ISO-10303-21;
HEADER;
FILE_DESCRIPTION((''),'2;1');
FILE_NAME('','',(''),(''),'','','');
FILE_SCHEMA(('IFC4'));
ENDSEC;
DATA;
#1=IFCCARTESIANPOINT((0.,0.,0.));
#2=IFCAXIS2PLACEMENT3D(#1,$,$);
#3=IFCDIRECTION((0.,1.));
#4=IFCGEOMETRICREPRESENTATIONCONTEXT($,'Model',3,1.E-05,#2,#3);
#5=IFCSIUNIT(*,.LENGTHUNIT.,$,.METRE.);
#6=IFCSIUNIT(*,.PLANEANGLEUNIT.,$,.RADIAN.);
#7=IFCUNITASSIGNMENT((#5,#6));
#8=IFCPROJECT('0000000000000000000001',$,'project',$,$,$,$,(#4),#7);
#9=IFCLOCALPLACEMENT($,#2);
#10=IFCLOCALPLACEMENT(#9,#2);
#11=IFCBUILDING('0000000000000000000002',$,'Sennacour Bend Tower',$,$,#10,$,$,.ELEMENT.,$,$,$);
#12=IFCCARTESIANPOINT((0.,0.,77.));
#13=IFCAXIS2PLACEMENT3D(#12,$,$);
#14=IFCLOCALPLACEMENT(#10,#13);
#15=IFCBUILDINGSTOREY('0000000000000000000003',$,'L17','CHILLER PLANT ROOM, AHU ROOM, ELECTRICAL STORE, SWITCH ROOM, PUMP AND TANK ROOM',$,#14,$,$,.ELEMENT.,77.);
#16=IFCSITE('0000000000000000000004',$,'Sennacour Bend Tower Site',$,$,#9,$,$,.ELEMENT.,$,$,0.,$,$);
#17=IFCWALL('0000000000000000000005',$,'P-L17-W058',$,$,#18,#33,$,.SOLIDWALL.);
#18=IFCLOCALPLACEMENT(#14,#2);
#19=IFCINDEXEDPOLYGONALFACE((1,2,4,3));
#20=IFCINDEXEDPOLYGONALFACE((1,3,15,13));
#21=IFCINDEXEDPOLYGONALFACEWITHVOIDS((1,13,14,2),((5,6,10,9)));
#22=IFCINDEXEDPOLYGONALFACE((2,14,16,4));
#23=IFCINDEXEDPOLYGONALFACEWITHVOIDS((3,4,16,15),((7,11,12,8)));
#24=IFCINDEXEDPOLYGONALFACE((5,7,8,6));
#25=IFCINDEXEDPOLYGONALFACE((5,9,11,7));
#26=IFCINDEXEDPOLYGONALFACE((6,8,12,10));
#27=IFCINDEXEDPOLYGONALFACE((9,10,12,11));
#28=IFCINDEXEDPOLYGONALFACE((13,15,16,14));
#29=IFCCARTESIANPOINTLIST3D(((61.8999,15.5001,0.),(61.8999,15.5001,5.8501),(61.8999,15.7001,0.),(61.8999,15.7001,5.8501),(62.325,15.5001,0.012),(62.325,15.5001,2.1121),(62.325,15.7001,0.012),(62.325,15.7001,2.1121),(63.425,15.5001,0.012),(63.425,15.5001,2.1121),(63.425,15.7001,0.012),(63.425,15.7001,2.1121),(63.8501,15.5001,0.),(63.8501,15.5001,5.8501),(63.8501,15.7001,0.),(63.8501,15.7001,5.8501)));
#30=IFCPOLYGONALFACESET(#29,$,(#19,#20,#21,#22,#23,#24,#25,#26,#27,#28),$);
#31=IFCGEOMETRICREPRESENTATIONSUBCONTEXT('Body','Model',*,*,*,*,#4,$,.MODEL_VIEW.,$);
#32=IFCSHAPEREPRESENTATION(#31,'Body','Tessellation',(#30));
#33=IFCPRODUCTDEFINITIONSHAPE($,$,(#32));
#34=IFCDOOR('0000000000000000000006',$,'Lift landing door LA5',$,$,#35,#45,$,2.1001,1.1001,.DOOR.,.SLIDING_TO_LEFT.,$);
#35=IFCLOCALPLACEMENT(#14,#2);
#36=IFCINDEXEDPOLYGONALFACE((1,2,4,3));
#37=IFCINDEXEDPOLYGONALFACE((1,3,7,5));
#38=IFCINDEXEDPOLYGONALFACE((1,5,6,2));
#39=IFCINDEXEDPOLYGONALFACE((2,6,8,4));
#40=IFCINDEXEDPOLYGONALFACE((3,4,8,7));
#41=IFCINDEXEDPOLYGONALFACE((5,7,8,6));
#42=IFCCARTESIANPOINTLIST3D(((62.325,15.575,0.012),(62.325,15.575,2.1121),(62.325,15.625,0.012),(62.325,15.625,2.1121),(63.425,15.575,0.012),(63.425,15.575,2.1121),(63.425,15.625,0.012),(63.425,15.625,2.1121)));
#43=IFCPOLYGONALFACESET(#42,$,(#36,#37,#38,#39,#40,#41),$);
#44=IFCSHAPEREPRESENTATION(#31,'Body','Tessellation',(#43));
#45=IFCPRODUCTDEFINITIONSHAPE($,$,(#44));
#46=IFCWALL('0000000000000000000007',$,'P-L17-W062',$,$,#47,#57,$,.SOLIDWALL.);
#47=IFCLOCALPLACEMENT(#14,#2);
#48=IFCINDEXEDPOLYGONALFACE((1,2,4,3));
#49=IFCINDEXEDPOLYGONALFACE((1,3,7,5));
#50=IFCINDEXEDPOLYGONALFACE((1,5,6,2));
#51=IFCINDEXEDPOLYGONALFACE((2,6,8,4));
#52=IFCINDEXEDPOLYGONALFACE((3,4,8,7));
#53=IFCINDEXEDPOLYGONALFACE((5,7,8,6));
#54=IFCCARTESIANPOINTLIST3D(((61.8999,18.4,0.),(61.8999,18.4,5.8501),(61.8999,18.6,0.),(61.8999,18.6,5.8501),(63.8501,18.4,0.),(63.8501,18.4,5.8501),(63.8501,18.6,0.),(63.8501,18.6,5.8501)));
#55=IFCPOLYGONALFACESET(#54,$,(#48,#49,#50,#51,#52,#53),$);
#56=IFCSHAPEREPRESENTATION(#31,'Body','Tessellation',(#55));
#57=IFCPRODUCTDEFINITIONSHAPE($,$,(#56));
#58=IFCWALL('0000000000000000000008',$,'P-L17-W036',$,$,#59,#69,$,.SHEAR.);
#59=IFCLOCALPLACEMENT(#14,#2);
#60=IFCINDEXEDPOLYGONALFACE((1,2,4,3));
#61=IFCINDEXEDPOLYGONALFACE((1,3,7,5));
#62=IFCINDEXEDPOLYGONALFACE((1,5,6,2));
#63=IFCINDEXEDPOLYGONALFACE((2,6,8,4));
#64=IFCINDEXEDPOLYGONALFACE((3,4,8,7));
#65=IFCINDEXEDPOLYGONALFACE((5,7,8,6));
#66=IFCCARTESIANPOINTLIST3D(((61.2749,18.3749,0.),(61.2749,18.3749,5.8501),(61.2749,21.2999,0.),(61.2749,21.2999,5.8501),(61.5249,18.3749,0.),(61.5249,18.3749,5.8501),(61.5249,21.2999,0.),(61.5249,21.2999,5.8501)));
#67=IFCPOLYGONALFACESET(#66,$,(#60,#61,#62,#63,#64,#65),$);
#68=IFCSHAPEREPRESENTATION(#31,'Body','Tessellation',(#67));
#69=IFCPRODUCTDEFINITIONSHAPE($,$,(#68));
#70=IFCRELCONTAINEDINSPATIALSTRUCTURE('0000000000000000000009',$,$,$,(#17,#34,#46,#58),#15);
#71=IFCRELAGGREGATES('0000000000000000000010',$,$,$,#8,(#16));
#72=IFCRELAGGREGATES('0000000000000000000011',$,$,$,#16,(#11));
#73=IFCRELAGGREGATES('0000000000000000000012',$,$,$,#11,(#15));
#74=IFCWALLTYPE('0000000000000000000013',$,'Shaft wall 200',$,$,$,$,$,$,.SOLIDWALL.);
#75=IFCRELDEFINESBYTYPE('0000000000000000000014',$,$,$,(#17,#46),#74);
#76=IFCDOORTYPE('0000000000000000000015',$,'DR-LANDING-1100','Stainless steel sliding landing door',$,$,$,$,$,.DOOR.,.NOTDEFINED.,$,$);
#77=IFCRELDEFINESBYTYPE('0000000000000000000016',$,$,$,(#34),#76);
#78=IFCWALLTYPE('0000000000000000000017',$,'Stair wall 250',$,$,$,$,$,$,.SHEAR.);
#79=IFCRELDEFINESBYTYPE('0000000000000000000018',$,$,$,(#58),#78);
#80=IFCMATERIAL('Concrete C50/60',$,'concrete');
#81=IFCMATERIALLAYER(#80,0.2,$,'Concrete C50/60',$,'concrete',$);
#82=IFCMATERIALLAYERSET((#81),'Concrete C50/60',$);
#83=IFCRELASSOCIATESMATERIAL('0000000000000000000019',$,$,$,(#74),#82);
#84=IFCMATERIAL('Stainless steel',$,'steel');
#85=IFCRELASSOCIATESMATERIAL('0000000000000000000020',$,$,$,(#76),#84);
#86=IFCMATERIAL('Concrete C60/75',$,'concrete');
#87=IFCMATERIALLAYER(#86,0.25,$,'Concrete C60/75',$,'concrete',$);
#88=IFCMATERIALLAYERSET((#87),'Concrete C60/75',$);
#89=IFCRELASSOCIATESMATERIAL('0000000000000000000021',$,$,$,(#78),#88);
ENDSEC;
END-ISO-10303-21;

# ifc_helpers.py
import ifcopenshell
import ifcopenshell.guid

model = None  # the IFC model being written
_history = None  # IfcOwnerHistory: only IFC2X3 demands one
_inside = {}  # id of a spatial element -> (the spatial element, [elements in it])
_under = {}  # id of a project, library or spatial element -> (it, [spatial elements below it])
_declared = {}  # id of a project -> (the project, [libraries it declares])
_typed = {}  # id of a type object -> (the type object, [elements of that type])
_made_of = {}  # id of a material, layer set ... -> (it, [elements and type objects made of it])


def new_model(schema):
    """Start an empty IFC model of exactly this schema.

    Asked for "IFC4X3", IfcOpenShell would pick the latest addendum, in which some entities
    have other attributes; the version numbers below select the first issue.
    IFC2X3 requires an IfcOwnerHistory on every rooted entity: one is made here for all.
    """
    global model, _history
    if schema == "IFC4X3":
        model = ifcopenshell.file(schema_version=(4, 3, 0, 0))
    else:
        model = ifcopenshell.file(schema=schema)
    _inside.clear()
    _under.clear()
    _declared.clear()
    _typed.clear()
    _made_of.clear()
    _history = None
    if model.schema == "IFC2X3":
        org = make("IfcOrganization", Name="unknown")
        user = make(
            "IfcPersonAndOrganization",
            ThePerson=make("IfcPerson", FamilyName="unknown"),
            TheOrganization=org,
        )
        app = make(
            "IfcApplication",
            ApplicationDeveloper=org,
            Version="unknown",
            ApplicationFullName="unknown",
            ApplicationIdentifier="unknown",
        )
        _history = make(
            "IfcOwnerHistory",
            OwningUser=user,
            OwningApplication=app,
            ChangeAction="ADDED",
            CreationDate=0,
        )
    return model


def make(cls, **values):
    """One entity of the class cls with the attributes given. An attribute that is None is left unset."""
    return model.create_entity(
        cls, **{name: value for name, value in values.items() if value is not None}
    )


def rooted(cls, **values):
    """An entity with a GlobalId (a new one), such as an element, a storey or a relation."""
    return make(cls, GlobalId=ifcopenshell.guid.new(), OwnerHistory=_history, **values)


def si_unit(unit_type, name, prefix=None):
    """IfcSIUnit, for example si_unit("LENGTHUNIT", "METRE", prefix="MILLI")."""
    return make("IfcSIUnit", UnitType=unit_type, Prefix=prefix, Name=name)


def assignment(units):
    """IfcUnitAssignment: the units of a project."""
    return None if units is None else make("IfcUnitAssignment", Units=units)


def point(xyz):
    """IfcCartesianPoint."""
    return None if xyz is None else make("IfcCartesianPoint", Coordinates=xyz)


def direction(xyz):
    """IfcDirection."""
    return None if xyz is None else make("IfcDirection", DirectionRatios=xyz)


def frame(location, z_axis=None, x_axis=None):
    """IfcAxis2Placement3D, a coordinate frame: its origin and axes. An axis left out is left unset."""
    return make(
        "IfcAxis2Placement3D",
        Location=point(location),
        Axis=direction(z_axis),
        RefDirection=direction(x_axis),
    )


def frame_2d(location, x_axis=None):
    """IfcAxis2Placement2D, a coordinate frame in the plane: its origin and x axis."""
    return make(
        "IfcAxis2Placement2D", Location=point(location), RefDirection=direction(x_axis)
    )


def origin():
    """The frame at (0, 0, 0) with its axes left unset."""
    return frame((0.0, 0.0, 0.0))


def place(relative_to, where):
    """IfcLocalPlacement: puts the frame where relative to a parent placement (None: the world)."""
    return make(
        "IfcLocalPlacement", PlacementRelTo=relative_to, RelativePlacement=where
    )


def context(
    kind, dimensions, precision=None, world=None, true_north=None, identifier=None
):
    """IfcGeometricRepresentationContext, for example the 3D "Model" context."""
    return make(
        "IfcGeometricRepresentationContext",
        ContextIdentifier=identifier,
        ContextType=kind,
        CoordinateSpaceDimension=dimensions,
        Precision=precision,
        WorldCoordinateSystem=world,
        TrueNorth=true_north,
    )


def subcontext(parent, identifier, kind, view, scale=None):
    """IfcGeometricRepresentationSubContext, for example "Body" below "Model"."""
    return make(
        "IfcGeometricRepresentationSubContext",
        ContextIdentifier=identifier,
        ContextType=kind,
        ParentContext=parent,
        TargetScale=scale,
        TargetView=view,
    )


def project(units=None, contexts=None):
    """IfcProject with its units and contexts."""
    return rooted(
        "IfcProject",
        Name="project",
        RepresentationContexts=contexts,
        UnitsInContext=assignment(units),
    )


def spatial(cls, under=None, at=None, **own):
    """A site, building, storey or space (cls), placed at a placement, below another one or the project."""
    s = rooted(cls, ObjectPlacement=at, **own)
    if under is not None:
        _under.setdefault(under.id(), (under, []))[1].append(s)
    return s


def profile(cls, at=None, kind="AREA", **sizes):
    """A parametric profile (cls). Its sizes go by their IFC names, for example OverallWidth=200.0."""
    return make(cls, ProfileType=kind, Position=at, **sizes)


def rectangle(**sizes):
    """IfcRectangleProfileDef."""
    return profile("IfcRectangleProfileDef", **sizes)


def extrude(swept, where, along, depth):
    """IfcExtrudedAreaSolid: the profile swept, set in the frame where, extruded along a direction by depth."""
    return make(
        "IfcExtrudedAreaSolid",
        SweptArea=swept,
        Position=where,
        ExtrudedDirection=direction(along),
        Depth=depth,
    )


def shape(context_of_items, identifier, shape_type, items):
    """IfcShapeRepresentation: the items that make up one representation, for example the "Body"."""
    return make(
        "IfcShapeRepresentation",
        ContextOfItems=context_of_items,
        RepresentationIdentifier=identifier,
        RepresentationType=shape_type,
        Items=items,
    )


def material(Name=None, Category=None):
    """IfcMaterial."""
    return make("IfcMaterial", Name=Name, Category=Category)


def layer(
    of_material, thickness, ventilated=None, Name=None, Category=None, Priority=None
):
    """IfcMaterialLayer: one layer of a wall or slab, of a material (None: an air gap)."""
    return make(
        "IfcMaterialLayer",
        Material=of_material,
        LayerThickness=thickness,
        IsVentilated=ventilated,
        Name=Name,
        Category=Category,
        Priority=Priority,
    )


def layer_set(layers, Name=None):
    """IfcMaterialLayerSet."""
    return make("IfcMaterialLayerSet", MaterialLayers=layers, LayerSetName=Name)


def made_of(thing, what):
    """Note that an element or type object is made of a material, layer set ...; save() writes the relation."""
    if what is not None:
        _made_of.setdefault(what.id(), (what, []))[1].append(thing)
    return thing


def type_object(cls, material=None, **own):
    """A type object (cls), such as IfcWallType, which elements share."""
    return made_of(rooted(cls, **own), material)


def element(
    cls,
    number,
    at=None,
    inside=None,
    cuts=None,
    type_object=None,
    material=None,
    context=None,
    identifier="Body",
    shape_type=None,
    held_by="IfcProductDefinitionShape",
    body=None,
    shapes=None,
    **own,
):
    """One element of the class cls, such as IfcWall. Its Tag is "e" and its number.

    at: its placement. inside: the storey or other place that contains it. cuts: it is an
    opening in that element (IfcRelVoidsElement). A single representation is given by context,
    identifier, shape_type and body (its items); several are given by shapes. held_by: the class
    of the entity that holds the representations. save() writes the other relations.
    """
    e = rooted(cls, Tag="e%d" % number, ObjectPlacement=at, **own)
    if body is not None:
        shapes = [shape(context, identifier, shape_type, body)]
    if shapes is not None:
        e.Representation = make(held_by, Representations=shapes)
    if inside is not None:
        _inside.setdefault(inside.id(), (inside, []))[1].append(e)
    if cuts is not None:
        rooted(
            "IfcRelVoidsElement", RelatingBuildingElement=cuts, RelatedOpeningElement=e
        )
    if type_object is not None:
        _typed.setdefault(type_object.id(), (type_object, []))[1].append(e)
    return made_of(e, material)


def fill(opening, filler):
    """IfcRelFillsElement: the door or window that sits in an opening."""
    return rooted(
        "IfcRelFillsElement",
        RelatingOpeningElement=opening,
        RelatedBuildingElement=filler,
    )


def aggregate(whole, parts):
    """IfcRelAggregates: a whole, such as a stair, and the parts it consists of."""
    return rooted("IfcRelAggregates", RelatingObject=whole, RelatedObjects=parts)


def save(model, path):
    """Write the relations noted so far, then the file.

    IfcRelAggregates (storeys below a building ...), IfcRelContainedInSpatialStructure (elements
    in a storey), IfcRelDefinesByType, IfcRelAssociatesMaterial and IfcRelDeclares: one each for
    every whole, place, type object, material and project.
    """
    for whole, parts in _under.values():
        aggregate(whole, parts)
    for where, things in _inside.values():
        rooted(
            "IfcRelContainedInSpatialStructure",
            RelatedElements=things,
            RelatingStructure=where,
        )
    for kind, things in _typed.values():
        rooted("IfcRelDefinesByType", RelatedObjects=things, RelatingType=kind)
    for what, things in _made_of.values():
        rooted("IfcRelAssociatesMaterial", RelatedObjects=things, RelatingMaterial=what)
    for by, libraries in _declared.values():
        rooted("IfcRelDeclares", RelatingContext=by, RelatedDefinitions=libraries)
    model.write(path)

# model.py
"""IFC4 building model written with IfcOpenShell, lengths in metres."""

from ifc_helpers import new_model, si_unit, direction, frame, frame_2d, origin, place, context, subcontext, project, spatial, rectangle, extrude, material, layer, layer_set, type_object, element, fill, save


model = new_model("IFC4")

# Units and contexts
model_context = context("Model", 3, precision=1e-05, world=origin(), true_north=direction((0.0, 1.0)))
body_context = subcontext(model_context, "Body", "Model", "MODEL_VIEW")
ifc_project = project(units=[si_unit("LENGTHUNIT", "METRE"), si_unit("PLANEANGLEUNIT", "RADIAN")], contexts=[model_context])

# Site, building, storey
site_placement = place(None, origin())
site = spatial("IfcSite", under=ifc_project, at=site_placement, Name="Sennacour Bend Tower Site", CompositionType="ELEMENT", RefElevation=0.0)
building_placement = place(site_placement, origin())
building = spatial("IfcBuilding", under=site, at=building_placement, Name="Sennacour Bend Tower", CompositionType="ELEMENT")
storey_placement = place(building_placement, frame((0.0, 0.0, 77.0)))
storey = spatial("IfcBuildingStorey", under=building, at=storey_placement, Name="L17", Description="CHILLER PLANT ROOM, AHU ROOM, ELECTRICAL STORE, SWITCH ROOM, PUMP AND TANK ROOM", CompositionType="ELEMENT", Elevation=77.0)

# Shared definitions
ifc_material_1 = material(Name="Concrete C50/60", Category="concrete")
ifc_layer_1 = layer(ifc_material_1, 0.2, Name="Concrete C50/60", Category="concrete")
ifc_layer_set_1 = layer_set([ifc_layer_1], Name="Concrete C50/60")
wall_type_1 = type_object("IfcWallType", Name="Shaft wall 200", PredefinedType="SOLIDWALL", material=ifc_layer_set_1)

# Wall, opening, door
ifc_material_2 = material(Name="Stainless steel", Category="steel")
door_type_1 = type_object("IfcDoorType", Name="DR-LANDING-1100", Description="Stainless steel sliding landing door", OperationType="NOTDEFINED", PredefinedType="DOOR", material=ifc_material_2)
wall_1_placement = place(storey_placement, frame((61.8999, 15.6001, 0.0), z_axis=(0.0, 0.0, 1.0), x_axis=(1.0, 0.0, 0.0)))
wall_1 = element("IfcWall", 1, at=wall_1_placement, inside=storey, type_object=wall_type_1, Name="P-L17-W058", PredefinedType="SOLIDWALL", context=body_context, shape_type="SweptSolid", body=[
    extrude(rectangle(XDim=1.9502, YDim=0.2, at=frame_2d((0.9751, 0.0))), origin(), (0.0, 0.0, 1.0), 5.8501),
])
opening_1_placement = place(wall_1_placement, frame((0.425, 0.0, 0.012)))
opening_1 = element("IfcOpeningElement", 2, at=opening_1_placement, cuts=wall_1, PredefinedType="OPENING", context=body_context, shape_type="SweptSolid", body=[
    extrude(rectangle(XDim=1.1001, YDim=2.1001, at=frame_2d((0.55, 1.05))), frame((0.0, 0.1099, 0.0), z_axis=(0.0, -1.0, 0.0), x_axis=(1.0, 0.0, 0.0)), (0.0, 0.0, 1.0), 0.22),
])
door_1_placement = place(opening_1_placement, origin())
door_1 = element("IfcDoor", 3, at=door_1_placement, inside=storey, type_object=door_type_1, Name="Lift landing door LA5", OperationType="SLIDING_TO_LEFT", OverallHeight=2.1001, OverallWidth=1.1001, PredefinedType="DOOR", context=body_context, shape_type="SweptSolid", body=[
    extrude(rectangle(XDim=1.1001, YDim=2.1001, at=frame_2d((0.55, 1.05))), frame((0.0, 0.0249, 0.0), z_axis=(0.0, -1.0, 0.0), x_axis=(1.0, 0.0, 0.0)), (0.0, 0.0, 1.0), 0.05),
])
fill(opening_1, door_1)

# Walls
wall_2_placement = place(storey_placement, frame((61.8999, 18.5, 0.0), z_axis=(0.0, 0.0, 1.0), x_axis=(1.0, 0.0, 0.0)))
element("IfcWall", 4, at=wall_2_placement, inside=storey, type_object=wall_type_1, Name="P-L17-W062", PredefinedType="SOLIDWALL", context=body_context, shape_type="SweptSolid", body=[
    extrude(rectangle(XDim=1.9502, YDim=0.2, at=frame_2d((0.9751, 0.0))), origin(), (0.0, 0.0, 1.0), 5.8501),
])
ifc_material_3 = material(Name="Concrete C60/75", Category="concrete")
ifc_layer_2 = layer(ifc_material_3, 0.25, Name="Concrete C60/75", Category="concrete")
ifc_layer_set_2 = layer_set([ifc_layer_2], Name="Concrete C60/75")
wall_type_2 = type_object("IfcWallType", Name="Stair wall 250", PredefinedType="SHEAR", material=ifc_layer_set_2)
wall_3_placement = place(storey_placement, frame((61.3999, 18.375, 0.0), z_axis=(0.0, 0.0, 1.0), x_axis=(0.0, 1.0, 0.0)))
element("IfcWall", 5, at=wall_3_placement, inside=storey, type_object=wall_type_2, Name="P-L17-W036", PredefinedType="SHEAR", context=body_context, shape_type="SweptSolid", body=[
    extrude(rectangle(XDim=2.925, YDim=0.25, at=frame_2d((1.4624, 0.0))), origin(), (0.0, 0.0, 1.0), 5.8501),
])

save(model, "model.ifc")
